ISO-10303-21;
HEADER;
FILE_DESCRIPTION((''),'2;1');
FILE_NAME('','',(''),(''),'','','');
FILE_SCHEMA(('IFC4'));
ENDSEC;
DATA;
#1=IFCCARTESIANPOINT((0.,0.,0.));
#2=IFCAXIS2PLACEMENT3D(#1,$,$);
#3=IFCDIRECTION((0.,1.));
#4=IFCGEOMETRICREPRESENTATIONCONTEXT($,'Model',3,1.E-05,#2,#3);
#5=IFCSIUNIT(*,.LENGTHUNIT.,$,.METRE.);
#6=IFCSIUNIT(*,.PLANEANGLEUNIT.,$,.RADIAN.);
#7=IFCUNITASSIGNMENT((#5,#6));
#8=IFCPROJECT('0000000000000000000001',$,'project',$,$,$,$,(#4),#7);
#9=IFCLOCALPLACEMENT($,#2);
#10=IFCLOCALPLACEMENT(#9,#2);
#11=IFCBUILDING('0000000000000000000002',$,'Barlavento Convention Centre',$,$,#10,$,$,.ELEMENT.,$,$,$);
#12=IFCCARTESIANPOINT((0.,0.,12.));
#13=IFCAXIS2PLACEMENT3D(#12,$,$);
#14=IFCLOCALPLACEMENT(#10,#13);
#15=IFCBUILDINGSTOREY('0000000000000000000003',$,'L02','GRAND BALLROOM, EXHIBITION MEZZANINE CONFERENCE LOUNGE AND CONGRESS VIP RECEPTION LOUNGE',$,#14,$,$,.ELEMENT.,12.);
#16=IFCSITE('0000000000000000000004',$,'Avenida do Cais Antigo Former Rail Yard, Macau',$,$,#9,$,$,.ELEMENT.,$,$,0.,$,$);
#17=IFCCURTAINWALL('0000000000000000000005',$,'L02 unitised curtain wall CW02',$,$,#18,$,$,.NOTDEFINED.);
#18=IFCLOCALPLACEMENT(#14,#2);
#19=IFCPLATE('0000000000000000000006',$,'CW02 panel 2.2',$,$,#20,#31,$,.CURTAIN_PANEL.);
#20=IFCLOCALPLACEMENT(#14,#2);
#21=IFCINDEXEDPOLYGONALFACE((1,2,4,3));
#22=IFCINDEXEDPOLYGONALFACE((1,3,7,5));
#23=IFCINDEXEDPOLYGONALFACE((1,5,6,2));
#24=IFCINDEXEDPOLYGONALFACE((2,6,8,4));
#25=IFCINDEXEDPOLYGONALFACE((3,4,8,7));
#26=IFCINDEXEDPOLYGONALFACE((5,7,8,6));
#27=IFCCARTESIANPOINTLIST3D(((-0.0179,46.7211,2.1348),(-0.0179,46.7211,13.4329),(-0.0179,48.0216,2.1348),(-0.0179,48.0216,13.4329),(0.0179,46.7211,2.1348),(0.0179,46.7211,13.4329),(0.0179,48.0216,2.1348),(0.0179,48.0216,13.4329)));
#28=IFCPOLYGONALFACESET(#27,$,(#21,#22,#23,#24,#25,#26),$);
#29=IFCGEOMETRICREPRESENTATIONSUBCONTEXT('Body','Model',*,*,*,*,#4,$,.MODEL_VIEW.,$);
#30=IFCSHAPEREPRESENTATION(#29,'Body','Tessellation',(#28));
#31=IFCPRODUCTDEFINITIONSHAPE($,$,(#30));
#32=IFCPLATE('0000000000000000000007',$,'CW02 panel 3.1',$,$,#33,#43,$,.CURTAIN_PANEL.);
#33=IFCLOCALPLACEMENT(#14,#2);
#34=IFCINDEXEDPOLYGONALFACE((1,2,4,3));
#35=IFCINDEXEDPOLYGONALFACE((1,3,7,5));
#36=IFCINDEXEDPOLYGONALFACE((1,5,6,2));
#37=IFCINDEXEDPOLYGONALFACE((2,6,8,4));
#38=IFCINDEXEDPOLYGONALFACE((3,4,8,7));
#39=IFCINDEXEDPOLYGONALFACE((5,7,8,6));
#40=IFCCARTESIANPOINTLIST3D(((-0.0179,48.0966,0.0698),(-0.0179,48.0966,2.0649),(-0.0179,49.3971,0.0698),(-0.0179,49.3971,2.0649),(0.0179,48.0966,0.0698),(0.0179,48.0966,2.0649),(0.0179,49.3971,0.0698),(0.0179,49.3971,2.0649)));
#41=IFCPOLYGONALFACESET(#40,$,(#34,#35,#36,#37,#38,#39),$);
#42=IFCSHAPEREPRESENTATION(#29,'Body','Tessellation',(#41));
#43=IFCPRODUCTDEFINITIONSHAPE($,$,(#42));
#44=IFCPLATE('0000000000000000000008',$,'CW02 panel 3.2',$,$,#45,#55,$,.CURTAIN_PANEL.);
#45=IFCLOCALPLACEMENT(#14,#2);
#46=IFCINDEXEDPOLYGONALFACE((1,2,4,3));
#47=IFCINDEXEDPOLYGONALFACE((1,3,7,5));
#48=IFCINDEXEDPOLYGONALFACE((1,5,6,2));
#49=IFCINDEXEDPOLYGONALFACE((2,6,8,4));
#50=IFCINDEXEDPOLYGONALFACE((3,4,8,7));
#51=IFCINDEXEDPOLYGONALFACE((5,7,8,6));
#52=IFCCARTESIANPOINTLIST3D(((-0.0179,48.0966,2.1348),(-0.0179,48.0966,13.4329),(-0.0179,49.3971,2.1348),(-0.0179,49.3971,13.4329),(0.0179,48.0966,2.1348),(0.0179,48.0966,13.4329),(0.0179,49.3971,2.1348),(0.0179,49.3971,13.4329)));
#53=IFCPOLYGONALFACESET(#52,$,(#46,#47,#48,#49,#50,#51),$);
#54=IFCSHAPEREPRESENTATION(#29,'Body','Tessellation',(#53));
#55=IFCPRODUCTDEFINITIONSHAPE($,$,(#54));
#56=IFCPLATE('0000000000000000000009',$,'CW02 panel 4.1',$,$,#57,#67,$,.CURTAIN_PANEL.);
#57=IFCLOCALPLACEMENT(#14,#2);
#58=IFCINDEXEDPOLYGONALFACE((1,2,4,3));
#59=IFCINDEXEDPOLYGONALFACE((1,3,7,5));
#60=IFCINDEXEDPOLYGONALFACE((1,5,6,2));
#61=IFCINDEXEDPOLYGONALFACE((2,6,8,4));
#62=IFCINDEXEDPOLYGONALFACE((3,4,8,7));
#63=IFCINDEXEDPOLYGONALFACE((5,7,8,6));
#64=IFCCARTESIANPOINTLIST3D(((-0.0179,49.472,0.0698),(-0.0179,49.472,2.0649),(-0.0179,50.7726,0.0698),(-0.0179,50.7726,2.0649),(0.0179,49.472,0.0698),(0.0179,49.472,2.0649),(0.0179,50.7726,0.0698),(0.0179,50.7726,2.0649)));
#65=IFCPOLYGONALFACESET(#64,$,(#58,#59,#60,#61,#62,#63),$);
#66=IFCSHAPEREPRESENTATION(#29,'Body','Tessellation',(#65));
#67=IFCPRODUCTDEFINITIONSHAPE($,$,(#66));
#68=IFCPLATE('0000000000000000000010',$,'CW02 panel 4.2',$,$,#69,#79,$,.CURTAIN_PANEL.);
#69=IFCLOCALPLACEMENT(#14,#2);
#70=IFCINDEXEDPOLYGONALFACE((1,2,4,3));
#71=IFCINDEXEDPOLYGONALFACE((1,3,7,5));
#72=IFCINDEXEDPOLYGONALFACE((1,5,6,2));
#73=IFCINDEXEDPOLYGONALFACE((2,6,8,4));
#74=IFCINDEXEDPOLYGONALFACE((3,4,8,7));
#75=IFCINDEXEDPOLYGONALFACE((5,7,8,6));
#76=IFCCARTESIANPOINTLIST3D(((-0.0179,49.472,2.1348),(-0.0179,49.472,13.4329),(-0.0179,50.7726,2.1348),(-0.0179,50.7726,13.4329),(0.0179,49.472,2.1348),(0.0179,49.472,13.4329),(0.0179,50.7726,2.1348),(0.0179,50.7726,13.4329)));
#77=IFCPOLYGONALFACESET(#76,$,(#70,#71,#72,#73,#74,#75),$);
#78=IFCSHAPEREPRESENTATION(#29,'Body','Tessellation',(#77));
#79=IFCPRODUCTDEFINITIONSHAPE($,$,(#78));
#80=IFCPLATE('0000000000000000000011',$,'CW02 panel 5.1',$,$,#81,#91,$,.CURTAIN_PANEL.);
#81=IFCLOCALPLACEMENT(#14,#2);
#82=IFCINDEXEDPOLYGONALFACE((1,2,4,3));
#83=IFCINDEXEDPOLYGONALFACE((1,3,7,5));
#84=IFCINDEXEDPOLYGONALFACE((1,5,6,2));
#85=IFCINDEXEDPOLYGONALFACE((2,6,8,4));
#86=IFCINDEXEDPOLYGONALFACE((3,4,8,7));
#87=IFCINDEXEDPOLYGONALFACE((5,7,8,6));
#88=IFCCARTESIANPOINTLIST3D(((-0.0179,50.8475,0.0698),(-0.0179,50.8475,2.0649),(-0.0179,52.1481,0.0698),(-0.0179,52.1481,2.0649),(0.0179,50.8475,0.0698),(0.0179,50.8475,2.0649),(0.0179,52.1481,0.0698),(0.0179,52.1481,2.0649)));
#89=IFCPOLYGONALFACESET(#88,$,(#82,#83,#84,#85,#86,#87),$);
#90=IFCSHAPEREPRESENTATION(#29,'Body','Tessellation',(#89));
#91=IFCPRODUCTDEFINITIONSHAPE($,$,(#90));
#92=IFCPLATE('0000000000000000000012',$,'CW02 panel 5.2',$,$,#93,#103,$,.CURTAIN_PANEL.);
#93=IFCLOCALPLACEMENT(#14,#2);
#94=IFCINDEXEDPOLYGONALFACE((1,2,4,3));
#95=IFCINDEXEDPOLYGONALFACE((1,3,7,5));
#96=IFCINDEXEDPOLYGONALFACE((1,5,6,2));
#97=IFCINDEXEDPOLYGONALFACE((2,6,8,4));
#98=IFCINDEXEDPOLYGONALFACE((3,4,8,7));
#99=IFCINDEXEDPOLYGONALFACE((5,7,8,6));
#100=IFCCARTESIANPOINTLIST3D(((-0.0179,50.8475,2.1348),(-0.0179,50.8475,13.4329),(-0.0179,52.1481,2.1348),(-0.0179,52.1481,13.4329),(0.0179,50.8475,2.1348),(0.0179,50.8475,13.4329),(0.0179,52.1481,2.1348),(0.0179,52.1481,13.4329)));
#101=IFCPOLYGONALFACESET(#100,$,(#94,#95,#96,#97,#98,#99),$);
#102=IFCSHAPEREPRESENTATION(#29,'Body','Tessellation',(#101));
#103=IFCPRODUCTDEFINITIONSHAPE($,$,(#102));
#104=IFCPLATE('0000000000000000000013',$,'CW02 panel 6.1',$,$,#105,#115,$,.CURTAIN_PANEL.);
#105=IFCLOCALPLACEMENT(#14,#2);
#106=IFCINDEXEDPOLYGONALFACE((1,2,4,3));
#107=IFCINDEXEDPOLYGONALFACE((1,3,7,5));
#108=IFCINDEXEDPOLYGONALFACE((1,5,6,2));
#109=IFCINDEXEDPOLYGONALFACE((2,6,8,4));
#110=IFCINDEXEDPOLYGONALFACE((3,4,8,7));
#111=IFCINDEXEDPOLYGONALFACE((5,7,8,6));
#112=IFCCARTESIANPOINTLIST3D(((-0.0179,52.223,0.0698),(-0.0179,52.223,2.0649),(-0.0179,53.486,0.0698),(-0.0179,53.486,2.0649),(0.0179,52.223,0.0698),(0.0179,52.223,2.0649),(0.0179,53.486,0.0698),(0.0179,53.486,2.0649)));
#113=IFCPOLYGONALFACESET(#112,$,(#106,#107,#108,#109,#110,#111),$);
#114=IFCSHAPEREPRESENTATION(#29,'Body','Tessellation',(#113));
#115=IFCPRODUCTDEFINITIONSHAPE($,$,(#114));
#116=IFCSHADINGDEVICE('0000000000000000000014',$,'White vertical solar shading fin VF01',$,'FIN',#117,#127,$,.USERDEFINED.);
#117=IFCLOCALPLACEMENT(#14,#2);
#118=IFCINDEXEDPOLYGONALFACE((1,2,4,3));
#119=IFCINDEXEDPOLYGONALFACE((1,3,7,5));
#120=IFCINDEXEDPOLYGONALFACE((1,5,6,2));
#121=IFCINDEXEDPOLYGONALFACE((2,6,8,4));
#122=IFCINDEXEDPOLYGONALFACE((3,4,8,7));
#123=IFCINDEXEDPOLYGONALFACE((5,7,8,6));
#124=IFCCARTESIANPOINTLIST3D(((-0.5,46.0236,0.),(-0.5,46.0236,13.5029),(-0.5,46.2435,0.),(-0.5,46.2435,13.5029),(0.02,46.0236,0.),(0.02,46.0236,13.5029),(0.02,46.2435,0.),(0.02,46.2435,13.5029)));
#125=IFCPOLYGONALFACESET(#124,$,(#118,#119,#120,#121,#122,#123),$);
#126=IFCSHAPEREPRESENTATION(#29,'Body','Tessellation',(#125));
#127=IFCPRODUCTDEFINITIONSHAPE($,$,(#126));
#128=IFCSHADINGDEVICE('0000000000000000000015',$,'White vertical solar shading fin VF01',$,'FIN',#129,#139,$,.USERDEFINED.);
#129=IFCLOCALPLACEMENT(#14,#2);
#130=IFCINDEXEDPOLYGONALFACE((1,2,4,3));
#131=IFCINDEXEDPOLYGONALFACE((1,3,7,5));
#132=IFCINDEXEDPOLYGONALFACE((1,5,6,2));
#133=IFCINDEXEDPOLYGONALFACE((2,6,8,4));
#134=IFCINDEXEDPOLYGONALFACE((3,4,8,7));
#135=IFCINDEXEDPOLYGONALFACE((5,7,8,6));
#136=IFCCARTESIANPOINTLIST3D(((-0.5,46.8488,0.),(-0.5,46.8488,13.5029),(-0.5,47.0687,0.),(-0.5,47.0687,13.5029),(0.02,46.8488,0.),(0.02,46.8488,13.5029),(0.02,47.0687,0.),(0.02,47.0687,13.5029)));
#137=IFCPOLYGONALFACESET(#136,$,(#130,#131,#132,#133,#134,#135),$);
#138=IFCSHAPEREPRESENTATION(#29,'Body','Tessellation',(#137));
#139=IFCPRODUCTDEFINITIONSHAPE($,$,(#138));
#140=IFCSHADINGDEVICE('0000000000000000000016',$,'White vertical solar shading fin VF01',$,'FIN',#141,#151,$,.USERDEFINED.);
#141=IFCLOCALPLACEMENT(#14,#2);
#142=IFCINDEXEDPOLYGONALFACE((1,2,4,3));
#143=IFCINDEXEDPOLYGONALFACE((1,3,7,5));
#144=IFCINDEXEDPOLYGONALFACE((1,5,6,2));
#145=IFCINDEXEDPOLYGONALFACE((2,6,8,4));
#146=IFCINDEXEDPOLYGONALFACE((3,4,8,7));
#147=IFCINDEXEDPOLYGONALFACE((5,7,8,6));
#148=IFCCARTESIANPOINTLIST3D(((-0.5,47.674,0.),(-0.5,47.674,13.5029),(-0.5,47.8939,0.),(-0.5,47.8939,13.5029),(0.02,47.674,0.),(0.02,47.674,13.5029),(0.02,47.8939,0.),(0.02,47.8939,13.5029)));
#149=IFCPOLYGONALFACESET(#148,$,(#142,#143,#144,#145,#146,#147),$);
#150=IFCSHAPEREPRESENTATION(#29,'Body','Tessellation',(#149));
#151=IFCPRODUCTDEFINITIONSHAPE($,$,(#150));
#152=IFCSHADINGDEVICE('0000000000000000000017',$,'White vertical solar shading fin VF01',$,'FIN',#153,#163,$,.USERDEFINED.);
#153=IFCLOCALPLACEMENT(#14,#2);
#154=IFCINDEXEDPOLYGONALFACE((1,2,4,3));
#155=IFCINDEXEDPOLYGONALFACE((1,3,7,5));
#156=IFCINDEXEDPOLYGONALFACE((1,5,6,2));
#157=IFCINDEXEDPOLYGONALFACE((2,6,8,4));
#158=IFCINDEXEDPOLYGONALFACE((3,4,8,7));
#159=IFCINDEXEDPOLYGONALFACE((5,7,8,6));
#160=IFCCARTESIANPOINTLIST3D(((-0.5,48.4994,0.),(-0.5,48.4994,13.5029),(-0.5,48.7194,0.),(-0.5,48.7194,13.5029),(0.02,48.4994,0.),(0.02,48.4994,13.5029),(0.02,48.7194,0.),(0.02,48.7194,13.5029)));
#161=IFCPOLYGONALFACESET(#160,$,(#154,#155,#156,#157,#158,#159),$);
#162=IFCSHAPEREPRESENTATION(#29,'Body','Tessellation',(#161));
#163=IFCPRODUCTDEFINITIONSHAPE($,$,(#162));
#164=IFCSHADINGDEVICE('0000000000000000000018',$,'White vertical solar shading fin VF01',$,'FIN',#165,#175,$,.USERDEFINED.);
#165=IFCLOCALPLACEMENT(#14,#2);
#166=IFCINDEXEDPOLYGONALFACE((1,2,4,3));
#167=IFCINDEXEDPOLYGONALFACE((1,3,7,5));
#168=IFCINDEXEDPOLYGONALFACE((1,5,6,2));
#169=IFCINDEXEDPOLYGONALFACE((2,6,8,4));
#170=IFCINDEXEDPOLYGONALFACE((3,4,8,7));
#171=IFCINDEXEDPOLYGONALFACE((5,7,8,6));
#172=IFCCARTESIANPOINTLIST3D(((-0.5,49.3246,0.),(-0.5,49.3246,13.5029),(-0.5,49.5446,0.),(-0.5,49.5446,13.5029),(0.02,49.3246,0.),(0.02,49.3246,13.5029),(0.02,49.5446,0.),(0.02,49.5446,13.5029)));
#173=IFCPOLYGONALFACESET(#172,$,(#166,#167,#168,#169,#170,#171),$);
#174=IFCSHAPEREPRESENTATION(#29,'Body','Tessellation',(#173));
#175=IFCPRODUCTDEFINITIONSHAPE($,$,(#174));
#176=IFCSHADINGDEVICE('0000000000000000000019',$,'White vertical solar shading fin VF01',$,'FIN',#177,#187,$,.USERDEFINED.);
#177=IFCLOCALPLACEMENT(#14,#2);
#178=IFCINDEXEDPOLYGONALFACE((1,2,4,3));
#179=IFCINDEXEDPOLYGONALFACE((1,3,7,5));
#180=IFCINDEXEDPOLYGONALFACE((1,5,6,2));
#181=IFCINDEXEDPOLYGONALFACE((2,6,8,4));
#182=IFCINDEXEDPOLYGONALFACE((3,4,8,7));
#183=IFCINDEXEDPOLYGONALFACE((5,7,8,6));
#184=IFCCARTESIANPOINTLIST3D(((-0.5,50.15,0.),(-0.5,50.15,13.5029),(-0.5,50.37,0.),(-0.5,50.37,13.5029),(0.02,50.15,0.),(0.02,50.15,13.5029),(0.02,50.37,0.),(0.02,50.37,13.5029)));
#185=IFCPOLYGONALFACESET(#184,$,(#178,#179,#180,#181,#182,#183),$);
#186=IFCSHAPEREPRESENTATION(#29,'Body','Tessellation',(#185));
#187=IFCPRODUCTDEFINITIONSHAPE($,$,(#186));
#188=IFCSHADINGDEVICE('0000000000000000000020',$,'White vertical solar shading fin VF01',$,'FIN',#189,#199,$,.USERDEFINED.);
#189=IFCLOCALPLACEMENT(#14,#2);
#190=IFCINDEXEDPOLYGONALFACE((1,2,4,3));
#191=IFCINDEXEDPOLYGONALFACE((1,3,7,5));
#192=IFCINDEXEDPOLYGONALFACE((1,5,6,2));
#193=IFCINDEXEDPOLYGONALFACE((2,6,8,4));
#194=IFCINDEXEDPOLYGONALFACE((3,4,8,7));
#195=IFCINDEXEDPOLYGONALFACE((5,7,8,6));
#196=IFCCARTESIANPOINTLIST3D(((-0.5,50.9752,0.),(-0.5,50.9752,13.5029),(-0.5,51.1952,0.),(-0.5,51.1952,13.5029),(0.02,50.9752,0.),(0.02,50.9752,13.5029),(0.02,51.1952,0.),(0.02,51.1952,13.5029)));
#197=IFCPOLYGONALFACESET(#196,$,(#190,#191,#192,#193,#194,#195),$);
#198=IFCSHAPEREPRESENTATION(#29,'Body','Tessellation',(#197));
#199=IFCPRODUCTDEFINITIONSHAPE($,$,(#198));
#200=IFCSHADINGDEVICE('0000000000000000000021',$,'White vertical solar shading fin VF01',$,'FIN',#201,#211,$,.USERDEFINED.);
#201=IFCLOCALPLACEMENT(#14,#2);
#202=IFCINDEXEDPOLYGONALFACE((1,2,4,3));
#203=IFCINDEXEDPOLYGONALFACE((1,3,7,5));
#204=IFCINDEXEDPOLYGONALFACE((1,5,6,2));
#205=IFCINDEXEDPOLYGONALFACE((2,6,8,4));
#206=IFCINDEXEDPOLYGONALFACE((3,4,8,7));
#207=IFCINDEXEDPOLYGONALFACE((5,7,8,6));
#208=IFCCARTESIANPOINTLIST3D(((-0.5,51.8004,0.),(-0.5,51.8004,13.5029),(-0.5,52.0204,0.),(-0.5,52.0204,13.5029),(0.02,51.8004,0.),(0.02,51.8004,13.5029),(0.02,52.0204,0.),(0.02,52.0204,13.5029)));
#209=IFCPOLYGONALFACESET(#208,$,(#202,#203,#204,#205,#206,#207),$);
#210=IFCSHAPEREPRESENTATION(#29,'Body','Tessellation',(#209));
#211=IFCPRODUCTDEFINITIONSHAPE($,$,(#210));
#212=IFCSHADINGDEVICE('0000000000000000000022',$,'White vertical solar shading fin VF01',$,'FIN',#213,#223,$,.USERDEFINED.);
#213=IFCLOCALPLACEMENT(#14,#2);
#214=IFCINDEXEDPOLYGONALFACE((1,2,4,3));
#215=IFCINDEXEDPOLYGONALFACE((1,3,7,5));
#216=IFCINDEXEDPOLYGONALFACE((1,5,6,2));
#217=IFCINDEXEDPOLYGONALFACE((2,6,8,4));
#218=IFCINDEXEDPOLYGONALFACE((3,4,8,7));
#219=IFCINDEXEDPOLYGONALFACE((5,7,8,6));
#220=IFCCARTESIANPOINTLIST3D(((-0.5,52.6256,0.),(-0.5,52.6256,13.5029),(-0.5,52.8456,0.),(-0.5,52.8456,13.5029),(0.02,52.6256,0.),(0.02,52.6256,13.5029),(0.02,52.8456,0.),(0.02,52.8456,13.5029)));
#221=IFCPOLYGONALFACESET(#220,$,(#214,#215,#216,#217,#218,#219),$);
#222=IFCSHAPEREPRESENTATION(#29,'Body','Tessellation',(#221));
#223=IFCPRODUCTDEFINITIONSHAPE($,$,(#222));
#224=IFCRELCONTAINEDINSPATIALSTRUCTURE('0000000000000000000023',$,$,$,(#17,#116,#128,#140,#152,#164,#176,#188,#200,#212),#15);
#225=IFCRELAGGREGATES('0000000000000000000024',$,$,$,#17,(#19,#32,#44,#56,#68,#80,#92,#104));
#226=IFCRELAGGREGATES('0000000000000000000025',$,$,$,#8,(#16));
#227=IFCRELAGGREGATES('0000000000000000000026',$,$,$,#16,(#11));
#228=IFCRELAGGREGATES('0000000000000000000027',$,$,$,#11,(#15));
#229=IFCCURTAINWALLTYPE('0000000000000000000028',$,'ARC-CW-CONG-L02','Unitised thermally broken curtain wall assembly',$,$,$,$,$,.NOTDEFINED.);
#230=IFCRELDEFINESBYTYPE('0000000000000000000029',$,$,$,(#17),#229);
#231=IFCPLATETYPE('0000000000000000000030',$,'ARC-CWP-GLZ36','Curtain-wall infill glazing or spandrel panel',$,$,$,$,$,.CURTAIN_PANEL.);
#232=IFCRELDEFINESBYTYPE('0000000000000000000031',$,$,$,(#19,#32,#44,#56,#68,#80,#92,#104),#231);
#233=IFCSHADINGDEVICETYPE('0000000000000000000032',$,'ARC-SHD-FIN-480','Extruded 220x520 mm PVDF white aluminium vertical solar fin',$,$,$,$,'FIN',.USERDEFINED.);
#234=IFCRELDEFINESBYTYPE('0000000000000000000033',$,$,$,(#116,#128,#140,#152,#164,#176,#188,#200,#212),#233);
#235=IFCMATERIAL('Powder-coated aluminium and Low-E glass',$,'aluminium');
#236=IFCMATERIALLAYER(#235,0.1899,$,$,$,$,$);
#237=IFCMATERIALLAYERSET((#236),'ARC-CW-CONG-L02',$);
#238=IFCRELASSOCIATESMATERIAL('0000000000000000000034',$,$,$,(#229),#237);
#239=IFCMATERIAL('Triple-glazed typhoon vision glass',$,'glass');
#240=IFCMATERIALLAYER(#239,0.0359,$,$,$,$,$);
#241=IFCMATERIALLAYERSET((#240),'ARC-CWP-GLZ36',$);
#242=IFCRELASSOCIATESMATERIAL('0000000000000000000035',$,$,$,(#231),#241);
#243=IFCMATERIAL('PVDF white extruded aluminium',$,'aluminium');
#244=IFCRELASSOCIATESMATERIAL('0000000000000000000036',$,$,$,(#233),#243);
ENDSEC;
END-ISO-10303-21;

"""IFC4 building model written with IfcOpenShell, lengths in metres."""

from ifc_helpers import new_model, si_unit, direction, frame, origin, origin_2d, place, context, subcontext, project, spatial, rectangle, extrude, material, layer, layer_set, type_object, element, aggregate, save


model = new_model("IFC4")

# Units and contexts
model_context = context("Model", 3, precision=1e-05, world=origin(), true_north=direction((0.0, 1.0)))
body_context = subcontext(model_context, "Body", "Model", "MODEL_VIEW")
ifc_project = project(units=[si_unit("LENGTHUNIT", "METRE"), si_unit("PLANEANGLEUNIT", "RADIAN")], contexts=[model_context])

# Site, building, storey
site_placement = place(None, origin())
site = spatial("IfcSite", under=ifc_project, at=site_placement, Name="Avenida do Cais Antigo Former Rail Yard, Macau", CompositionType="ELEMENT", RefElevation=0.0)
building_placement = place(site_placement, origin())
building = spatial("IfcBuilding", under=site, at=building_placement, Name="Barlavento Convention Centre", CompositionType="ELEMENT")
storey_placement = place(building_placement, frame((0.0, 0.0, 12.0)))
storey = spatial("IfcBuildingStorey", under=building, at=storey_placement, Name="L02", Description="GRAND BALLROOM, EXHIBITION MEZZANINE CONFERENCE LOUNGE AND CONGRESS VIP RECEPTION LOUNGE", CompositionType="ELEMENT", Elevation=12.0)

# Curtain wall, plates
ifc_material_1 = material(Name="Powder-coated aluminium and Low-E glass", Category="aluminium")
ifc_layer_1 = layer(ifc_material_1, 0.1899)
ifc_layer_set_1 = layer_set([ifc_layer_1], Name="ARC-CW-CONG-L02")
curtain_wall_type = type_object("IfcCurtainWallType", Name="ARC-CW-CONG-L02", Description="Unitised thermally broken curtain wall assembly", PredefinedType="NOTDEFINED", material=ifc_layer_set_1)
curtain_wall_placement = place(storey_placement, origin())
curtain_wall = element("IfcCurtainWall", 1, at=curtain_wall_placement, inside=storey, type_object=curtain_wall_type, Name="L02 unitised curtain wall CW02", PredefinedType="NOTDEFINED")
ifc_material_2 = material(Name="Triple-glazed typhoon vision glass", Category="glass")
ifc_layer_2 = layer(ifc_material_2, 0.0359)
ifc_layer_set_2 = layer_set([ifc_layer_2], Name="ARC-CWP-GLZ36")
plate_type = type_object("IfcPlateType", Name="ARC-CWP-GLZ36", Description="Curtain-wall infill glazing or spandrel panel", PredefinedType="CURTAIN_PANEL", material=ifc_layer_set_2)
plate_1_placement = place(storey_placement, frame((0.0, 47.3713, 2.1348), z_axis=(0.0, 0.0, 1.0), x_axis=(0.0, 1.0, 0.0)))
plate_1 = element("IfcPlate", 2, at=plate_1_placement, type_object=plate_type, Name="CW02 panel 2.2", PredefinedType="CURTAIN_PANEL", context=body_context, shape_type="SweptSolid", body=[
    extrude(rectangle(XDim=1.3005, YDim=0.0359, at=origin_2d()), origin(), (0.0, 0.0, 1.0), 11.2981),
])
plate_2_placement = place(storey_placement, frame((0.0, 48.7468, 0.0698), z_axis=(0.0, 0.0, 1.0), x_axis=(0.0, 1.0, 0.0)))
plate_2 = element("IfcPlate", 3, at=plate_2_placement, type_object=plate_type, Name="CW02 panel 3.1", PredefinedType="CURTAIN_PANEL", context=body_context, shape_type="SweptSolid", body=[
    extrude(rectangle(XDim=1.3005, YDim=0.0359, at=origin_2d()), origin(), (0.0, 0.0, 1.0), 1.9951),
])
plate_3_placement = place(storey_placement, frame((0.0, 48.7468, 2.1348), z_axis=(0.0, 0.0, 1.0), x_axis=(0.0, 1.0, 0.0)))
plate_3 = element("IfcPlate", 4, at=plate_3_placement, type_object=plate_type, Name="CW02 panel 3.2", PredefinedType="CURTAIN_PANEL", context=body_context, shape_type="SweptSolid", body=[
    extrude(rectangle(XDim=1.3005, YDim=0.0359, at=origin_2d()), origin(), (0.0, 0.0, 1.0), 11.2981),
])
plate_4_placement = place(storey_placement, frame((0.0, 50.1223, 0.0698), z_axis=(0.0, 0.0, 1.0), x_axis=(0.0, 1.0, 0.0)))
plate_4 = element("IfcPlate", 5, at=plate_4_placement, type_object=plate_type, Name="CW02 panel 4.1", PredefinedType="CURTAIN_PANEL", context=body_context, shape_type="SweptSolid", body=[
    extrude(rectangle(XDim=1.3005, YDim=0.0359, at=origin_2d()), origin(), (0.0, 0.0, 1.0), 1.9951),
])
plate_5_placement = place(storey_placement, frame((0.0, 50.1223, 2.1348), z_axis=(0.0, 0.0, 1.0), x_axis=(0.0, 1.0, 0.0)))
plate_5 = element("IfcPlate", 6, at=plate_5_placement, type_object=plate_type, Name="CW02 panel 4.2", PredefinedType="CURTAIN_PANEL", context=body_context, shape_type="SweptSolid", body=[
    extrude(rectangle(XDim=1.3005, YDim=0.0359, at=origin_2d()), origin(), (0.0, 0.0, 1.0), 11.2981),
])
plate_6_placement = place(storey_placement, frame((0.0, 51.4978, 0.0698), z_axis=(0.0, 0.0, 1.0), x_axis=(0.0, 1.0, 0.0)))
plate_6 = element("IfcPlate", 7, at=plate_6_placement, type_object=plate_type, Name="CW02 panel 5.1", PredefinedType="CURTAIN_PANEL", context=body_context, shape_type="SweptSolid", body=[
    extrude(rectangle(XDim=1.3005, YDim=0.0359, at=origin_2d()), origin(), (0.0, 0.0, 1.0), 1.9951),
])
plate_7_placement = place(storey_placement, frame((0.0, 51.4978, 2.1348), z_axis=(0.0, 0.0, 1.0), x_axis=(0.0, 1.0, 0.0)))
plate_7 = element("IfcPlate", 8, at=plate_7_placement, type_object=plate_type, Name="CW02 panel 5.2", PredefinedType="CURTAIN_PANEL", context=body_context, shape_type="SweptSolid", body=[
    extrude(rectangle(XDim=1.3005, YDim=0.0359, at=origin_2d()), origin(), (0.0, 0.0, 1.0), 11.2981),
])
plate_8_placement = place(storey_placement, frame((0.0, 52.8545, 0.0698), z_axis=(0.0, 0.0, 1.0), x_axis=(0.0, 1.0, 0.0)))
plate_8 = element("IfcPlate", 9, at=plate_8_placement, type_object=plate_type, Name="CW02 panel 6.1", PredefinedType="CURTAIN_PANEL", context=body_context, shape_type="SweptSolid", body=[
    extrude(rectangle(XDim=1.2629, YDim=0.0359, at=origin_2d()), origin(), (0.0, 0.0, 1.0), 1.9951),
])
aggregate(curtain_wall, [plate_1, plate_2, plate_3, plate_4, plate_5, plate_6, plate_7, plate_8])

# Shading devices
ifc_material_3 = material(Name="PVDF white extruded aluminium", Category="aluminium")
shading_device_type = type_object("IfcShadingDeviceType", Name="ARC-SHD-FIN-480", Description="Extruded 220x520 mm PVDF white aluminium vertical solar fin", ElementType="FIN", PredefinedType="USERDEFINED", material=ifc_material_3)
for number, where, z_axis, x_axis, name in (
    (10, (-0.24, 46.1335, 0.0), (0.0, 0.0, 1.0), (0.0, 1.0, 0.0), "White vertical solar shading fin VF01"),
    (11, (-0.24, 46.9587, 0.0), (0.0, 0.0, 1.0), (0.0, 1.0, 0.0), "White vertical solar shading fin VF01"),
    (12, (-0.24, 47.7839, 0.0), (0.0, 0.0, 1.0), (0.0, 1.0, 0.0), "White vertical solar shading fin VF01"),
    (13, (-0.24, 48.6094, 0.0), (0.0, 0.0, 1.0), (0.0, 1.0, 0.0), "White vertical solar shading fin VF01"),
    (14, (-0.24, 49.4346, 0.0), (0.0, 0.0, 1.0), (0.0, 1.0, 0.0), "White vertical solar shading fin VF01"),
    (15, (-0.24, 50.26, 0.0), (0.0, 0.0, 1.0), (0.0, 1.0, 0.0), "White vertical solar shading fin VF01"),
    (16, (-0.24, 51.0852, 0.0), (0.0, 0.0, 1.0), (0.0, 1.0, 0.0), "White vertical solar shading fin VF01"),
    (17, (-0.24, 51.9104, 0.0), (0.0, 0.0, 1.0), (0.0, 1.0, 0.0), "White vertical solar shading fin VF01"),
    (18, (-0.24, 52.7356, 0.0), (0.0, 0.0, 1.0), (0.0, 1.0, 0.0), "White vertical solar shading fin VF01"),
):
    element("IfcShadingDevice", number, at=place(storey_placement, frame(where, z_axis=z_axis, x_axis=x_axis)), inside=storey, type_object=shading_device_type, Name=name, ObjectType="FIN", PredefinedType="USERDEFINED", context=body_context, shape_type="SweptSolid", body=[
        extrude(rectangle(XDim=0.22, YDim=0.52, at=origin_2d()), origin(), (0.0, 0.0, 1.0), 13.5029),
    ])

save(model, "model.ifc")
